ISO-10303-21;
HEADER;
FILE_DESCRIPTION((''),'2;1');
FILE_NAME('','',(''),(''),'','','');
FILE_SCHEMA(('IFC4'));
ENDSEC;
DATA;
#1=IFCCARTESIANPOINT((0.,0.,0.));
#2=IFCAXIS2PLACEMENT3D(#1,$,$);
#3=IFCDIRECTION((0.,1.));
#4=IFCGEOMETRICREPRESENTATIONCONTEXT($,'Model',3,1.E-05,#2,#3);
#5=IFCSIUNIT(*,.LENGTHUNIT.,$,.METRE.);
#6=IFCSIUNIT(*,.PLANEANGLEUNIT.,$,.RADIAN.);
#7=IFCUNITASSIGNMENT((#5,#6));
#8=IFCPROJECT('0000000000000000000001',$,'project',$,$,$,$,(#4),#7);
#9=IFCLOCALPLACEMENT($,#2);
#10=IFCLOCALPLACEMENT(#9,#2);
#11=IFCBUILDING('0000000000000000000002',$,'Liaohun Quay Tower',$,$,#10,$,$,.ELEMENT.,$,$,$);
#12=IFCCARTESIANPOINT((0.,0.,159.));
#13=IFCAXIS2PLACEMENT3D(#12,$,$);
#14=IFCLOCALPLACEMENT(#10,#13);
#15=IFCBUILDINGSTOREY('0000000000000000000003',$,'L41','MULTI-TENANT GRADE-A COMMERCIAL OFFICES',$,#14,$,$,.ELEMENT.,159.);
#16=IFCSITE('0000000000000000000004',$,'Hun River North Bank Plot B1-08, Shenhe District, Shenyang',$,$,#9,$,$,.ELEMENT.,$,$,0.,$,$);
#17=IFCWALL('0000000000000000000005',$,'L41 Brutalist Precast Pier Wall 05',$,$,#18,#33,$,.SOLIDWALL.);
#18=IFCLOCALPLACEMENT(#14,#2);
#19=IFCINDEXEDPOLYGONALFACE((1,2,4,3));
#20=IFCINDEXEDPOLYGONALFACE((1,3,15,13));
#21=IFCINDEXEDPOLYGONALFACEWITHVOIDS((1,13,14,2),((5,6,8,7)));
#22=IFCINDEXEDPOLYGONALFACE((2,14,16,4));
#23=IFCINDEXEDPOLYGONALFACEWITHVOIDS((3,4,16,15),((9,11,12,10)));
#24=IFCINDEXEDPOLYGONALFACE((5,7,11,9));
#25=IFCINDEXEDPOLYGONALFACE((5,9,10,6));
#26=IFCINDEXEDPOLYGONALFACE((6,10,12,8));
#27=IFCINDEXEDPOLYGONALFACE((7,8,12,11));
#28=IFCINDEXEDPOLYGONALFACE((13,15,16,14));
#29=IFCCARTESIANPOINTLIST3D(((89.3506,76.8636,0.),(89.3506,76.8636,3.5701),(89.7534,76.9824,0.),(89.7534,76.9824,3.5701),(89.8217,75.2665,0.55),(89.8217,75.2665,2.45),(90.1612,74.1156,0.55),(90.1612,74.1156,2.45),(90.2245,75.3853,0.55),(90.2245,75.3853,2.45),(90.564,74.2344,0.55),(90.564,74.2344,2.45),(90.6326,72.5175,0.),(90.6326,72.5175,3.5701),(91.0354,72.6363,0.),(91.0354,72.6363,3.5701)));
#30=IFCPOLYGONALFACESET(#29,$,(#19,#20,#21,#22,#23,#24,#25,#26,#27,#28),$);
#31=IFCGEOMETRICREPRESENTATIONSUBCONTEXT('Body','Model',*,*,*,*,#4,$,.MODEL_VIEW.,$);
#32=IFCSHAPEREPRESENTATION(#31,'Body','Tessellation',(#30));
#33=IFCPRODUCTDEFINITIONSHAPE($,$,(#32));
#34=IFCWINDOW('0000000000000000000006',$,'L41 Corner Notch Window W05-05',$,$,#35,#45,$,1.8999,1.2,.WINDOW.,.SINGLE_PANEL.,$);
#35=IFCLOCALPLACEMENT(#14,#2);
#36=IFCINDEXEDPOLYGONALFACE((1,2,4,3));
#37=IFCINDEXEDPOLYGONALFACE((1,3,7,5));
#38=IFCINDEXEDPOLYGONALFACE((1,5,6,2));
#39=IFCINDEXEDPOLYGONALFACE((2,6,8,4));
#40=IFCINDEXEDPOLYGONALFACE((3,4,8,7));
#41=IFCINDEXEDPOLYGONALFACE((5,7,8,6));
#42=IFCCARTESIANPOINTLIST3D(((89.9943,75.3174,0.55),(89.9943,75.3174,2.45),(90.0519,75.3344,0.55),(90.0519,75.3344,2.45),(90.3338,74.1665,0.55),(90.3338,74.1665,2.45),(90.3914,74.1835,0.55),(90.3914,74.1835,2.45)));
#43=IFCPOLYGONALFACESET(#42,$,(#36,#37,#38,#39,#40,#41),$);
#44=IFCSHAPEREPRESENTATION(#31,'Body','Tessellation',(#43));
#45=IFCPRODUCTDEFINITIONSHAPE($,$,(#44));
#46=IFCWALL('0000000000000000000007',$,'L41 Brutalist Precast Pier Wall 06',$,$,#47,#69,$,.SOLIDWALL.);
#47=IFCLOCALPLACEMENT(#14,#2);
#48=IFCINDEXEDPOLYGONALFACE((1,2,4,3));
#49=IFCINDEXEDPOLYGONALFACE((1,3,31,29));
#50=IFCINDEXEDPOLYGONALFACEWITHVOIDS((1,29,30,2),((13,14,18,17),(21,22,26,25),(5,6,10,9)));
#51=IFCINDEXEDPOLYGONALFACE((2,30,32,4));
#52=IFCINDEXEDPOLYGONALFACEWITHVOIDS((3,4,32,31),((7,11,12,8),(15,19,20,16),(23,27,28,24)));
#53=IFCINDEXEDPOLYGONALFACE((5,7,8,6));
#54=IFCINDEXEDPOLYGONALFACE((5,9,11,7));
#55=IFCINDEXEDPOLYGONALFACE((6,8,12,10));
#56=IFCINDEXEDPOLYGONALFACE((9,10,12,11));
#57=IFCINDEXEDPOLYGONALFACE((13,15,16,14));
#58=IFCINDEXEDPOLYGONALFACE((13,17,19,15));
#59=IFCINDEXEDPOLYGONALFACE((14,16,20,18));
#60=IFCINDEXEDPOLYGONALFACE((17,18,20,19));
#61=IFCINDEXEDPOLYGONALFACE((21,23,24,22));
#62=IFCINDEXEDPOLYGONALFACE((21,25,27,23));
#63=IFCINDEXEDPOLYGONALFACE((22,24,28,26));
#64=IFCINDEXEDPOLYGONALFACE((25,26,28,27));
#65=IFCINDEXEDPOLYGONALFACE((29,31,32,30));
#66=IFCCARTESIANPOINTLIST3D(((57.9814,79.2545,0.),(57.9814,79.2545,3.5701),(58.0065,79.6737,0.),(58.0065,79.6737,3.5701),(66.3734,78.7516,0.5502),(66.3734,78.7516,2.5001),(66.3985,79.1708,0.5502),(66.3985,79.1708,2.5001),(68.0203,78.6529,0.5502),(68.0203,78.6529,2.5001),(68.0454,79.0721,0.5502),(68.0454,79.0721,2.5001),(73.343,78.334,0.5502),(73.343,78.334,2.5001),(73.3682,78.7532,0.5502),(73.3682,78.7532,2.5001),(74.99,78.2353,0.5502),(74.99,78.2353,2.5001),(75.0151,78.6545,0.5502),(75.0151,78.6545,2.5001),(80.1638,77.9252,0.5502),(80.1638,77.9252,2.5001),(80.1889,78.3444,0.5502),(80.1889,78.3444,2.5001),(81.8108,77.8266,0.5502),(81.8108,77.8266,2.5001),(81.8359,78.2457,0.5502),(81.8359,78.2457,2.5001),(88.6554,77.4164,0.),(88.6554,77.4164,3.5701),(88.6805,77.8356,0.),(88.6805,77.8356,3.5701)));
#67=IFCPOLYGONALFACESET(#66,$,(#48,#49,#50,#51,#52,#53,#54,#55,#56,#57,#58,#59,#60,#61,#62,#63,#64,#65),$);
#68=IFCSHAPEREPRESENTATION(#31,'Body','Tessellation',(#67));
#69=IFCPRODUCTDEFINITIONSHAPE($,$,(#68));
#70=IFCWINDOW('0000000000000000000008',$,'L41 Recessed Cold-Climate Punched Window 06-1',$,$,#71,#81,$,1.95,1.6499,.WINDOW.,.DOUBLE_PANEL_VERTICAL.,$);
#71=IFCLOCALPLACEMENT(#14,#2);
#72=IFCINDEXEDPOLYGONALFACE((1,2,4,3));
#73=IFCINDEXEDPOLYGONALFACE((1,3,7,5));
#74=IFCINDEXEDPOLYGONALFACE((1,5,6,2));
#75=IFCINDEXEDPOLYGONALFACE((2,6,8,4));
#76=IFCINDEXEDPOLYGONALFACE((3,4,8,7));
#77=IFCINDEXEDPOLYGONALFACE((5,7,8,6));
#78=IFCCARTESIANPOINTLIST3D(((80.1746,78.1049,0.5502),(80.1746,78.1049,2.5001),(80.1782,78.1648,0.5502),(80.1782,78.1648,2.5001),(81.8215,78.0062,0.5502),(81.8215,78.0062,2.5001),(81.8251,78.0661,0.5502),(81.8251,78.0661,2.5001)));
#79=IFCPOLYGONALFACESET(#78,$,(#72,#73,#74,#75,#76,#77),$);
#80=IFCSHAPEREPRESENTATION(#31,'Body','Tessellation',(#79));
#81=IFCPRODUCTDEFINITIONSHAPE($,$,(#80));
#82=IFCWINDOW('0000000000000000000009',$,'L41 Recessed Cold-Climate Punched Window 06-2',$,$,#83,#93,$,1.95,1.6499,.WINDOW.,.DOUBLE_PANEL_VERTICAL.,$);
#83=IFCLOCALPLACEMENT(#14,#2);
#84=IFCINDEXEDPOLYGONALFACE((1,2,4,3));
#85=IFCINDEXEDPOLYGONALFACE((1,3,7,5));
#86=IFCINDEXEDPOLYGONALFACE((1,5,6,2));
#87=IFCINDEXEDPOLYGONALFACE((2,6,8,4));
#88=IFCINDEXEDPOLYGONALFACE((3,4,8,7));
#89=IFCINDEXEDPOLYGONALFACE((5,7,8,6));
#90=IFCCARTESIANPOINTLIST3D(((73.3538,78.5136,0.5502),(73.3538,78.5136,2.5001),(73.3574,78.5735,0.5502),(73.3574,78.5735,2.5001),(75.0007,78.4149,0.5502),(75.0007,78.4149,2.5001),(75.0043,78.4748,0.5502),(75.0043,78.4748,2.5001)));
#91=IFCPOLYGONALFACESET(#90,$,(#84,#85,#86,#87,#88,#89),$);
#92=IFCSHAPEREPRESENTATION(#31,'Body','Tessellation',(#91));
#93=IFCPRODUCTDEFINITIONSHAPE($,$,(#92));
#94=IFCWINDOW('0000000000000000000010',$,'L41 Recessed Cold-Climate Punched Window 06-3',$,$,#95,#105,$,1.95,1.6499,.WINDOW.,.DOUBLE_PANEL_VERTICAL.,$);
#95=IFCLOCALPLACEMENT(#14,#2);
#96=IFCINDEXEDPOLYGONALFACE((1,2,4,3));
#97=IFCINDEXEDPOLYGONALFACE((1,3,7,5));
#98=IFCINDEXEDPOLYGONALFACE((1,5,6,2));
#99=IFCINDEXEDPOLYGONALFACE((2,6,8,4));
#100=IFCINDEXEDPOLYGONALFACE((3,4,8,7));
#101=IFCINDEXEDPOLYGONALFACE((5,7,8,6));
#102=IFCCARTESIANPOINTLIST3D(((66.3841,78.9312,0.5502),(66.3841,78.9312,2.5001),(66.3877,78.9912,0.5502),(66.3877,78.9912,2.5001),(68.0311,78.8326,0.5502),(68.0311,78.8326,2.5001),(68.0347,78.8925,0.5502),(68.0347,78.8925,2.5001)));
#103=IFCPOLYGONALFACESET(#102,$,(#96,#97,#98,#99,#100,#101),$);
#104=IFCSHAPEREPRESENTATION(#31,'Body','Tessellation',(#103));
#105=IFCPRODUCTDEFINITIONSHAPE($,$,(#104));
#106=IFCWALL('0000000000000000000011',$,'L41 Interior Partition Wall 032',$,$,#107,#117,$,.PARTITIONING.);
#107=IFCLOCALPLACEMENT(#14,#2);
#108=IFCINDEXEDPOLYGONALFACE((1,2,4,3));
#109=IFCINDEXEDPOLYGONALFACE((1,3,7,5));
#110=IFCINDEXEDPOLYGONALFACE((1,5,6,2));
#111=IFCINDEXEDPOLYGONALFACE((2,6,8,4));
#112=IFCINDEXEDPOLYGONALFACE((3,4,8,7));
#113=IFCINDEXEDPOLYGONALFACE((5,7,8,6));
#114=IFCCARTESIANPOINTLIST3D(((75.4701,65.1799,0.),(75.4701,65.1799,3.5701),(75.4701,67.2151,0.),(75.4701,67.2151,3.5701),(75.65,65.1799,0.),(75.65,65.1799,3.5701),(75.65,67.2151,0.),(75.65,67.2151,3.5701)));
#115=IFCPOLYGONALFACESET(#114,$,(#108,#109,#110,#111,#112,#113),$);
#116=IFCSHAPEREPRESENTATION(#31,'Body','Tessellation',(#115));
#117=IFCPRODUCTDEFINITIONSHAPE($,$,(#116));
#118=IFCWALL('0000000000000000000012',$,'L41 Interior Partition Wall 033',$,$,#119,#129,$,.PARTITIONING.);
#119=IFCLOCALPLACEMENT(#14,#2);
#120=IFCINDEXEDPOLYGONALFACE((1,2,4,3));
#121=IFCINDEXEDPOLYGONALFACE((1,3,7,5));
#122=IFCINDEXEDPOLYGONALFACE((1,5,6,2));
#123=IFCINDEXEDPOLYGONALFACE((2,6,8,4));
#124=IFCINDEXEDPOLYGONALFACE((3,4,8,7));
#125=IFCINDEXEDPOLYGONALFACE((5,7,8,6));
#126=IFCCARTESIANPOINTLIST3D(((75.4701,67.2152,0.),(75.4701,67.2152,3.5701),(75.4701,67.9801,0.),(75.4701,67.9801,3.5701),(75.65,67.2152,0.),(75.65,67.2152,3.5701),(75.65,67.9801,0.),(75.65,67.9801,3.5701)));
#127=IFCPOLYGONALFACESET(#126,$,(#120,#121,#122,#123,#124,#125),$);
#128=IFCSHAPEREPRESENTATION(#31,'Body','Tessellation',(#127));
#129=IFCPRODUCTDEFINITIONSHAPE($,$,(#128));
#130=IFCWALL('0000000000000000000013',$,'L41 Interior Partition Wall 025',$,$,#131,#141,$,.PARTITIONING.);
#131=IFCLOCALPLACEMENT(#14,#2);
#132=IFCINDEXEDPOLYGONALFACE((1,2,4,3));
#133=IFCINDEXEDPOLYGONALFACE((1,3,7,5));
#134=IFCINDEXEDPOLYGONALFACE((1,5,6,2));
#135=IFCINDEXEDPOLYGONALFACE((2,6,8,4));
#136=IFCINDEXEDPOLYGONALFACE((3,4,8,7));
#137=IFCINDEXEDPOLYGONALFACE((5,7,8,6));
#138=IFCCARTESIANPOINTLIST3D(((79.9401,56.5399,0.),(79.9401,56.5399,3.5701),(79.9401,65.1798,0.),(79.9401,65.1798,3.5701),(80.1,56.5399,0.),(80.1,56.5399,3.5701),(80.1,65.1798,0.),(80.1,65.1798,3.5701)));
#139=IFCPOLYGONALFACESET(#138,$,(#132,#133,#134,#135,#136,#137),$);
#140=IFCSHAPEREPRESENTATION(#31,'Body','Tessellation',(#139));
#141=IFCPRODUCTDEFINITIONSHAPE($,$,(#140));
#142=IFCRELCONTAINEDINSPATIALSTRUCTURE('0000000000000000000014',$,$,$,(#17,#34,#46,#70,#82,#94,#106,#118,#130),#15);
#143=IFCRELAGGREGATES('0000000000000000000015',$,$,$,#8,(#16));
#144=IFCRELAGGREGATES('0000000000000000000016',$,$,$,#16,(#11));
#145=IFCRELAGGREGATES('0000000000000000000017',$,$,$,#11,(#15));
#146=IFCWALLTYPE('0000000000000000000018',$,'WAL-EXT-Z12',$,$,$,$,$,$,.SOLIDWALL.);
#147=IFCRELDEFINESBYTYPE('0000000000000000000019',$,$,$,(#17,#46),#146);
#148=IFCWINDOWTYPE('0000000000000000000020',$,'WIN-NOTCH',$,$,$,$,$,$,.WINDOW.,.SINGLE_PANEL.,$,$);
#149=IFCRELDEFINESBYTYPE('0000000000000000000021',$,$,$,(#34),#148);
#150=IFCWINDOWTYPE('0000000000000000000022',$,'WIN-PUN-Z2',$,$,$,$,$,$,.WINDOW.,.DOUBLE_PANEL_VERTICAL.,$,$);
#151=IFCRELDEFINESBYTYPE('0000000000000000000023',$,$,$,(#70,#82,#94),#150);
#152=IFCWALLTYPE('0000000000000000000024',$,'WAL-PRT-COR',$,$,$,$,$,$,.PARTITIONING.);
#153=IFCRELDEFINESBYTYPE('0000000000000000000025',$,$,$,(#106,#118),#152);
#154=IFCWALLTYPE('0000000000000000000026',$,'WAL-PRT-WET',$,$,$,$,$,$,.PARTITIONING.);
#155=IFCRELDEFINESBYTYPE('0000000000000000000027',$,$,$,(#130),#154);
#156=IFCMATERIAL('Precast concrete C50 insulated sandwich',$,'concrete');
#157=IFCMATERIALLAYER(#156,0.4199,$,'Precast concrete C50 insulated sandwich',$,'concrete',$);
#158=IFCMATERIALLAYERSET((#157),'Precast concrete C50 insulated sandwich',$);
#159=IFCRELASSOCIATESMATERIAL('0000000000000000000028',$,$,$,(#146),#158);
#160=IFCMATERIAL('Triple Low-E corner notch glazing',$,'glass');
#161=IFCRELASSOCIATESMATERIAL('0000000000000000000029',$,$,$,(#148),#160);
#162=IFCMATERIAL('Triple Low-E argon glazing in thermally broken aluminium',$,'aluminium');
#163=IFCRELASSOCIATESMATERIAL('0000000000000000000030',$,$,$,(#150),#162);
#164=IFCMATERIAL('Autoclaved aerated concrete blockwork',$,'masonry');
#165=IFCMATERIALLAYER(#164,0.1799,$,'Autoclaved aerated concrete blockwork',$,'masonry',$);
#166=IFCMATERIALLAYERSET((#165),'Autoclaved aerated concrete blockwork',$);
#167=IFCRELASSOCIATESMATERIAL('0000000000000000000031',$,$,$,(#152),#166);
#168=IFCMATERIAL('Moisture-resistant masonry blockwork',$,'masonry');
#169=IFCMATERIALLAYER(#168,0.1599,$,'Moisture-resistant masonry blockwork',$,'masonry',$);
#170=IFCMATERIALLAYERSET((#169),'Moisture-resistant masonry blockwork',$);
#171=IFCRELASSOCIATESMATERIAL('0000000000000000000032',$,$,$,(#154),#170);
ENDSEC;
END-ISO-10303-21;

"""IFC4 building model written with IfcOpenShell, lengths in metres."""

from ifc_helpers import new_model, si_unit, direction, frame, frame_2d, origin, place, context, subcontext, project, spatial, rectangle, extrude, source, transform, mapped, material, layer, layer_set, type_object, element, fill, save


model = new_model("IFC4")

# Units and contexts
model_context = context("Model", 3, precision=1e-05, world=origin(), true_north=direction((0.0, 1.0)))
body_context = subcontext(model_context, "Body", "Model", "MODEL_VIEW")
ifc_project = project(units=[si_unit("LENGTHUNIT", "METRE"), si_unit("PLANEANGLEUNIT", "RADIAN")], contexts=[model_context])

# Site, building, storey
site_placement = place(None, origin())
site = spatial("IfcSite", under=ifc_project, at=site_placement, Name="Hun River North Bank Plot B1-08, Shenhe District, Shenyang", CompositionType="ELEMENT", RefElevation=0.0)
building_placement = place(site_placement, origin())
building = spatial("IfcBuilding", under=site, at=building_placement, Name="Liaohun Quay Tower", CompositionType="ELEMENT")
storey_placement = place(building_placement, frame((0.0, 0.0, 159.0)))
storey = spatial("IfcBuildingStorey", under=building, at=storey_placement, Name="L41", Description="MULTI-TENANT GRADE-A COMMERCIAL OFFICES", CompositionType="ELEMENT", Elevation=159.0)

# Wall, opening, window
ifc_material_1 = material(Name="Precast concrete C50 insulated sandwich", Category="concrete")
ifc_layer_1 = layer(ifc_material_1, 0.4199, Name="Precast concrete C50 insulated sandwich", Category="concrete")
ifc_layer_set_1 = layer_set([ifc_layer_1], Name="Precast concrete C50 insulated sandwich")
wall_type_1 = type_object("IfcWallType", Name="WAL-EXT-Z12", PredefinedType="SOLIDWALL", material=ifc_layer_set_1)
shared_shape_1 = source(origin(), body_context, "Body", "SweptSolid", [
    extrude(rectangle(XDim=1.2, YDim=1.8999, at=frame_2d((0.6001, 0.95))), frame((0.0, 0.22, 0.0), z_axis=(0.0, -1.0, 0.0), x_axis=(1.0, 0.0, 0.0)), (0.0, 0.0, 1.0), 0.4399),
])
ifc_material_2 = material(Name="Triple Low-E corner notch glazing", Category="glass")
window_type_1 = type_object("IfcWindowType", Name="WIN-NOTCH", PartitioningType="SINGLE_PANEL", PredefinedType="WINDOW", material=ifc_material_2)
shared_shape_2 = source(origin(), body_context, "Body", "SweptSolid", [
    extrude(rectangle(XDim=1.2, YDim=1.8999, at=frame_2d((0.6001, 0.95))), frame((0.0, 0.03, 0.0), z_axis=(0.0, -1.0, 0.0), x_axis=(1.0, 0.0, 0.0)), (0.0, 0.0, 1.0), 0.0601),
])
wall_1_placement = place(storey_placement, frame((90.834, 72.5769, 0.0), z_axis=(0.0, 0.0, 1.0), x_axis=(-0.282916, 0.959145, 0.0)))
wall_1 = element("IfcWall", 1, at=wall_1_placement, inside=storey, type_object=wall_type_1, Name="L41 Brutalist Precast Pier Wall 05", PredefinedType="SOLIDWALL", context=body_context, shape_type="SweptSolid", body=[
    extrude(rectangle(XDim=4.5312, YDim=0.4199, at=frame_2d((2.2656, 0.0))), origin(), (0.0, 0.0, 1.0), 3.5701),
])
opening_1_placement = place(wall_1_placement, frame((1.666, 0.0, 0.55)))
opening_1 = element("IfcOpeningElement", 2, at=opening_1_placement, cuts=wall_1, PredefinedType="OPENING", context=body_context, shape_type="MappedRepresentation", body=[
    mapped(shared_shape_1, transform((0.0, 0.0, 0.0), x_axis=(1.0, 0.0, 0.0), y_axis=(0.0, 1.0, 0.0), z_axis=(0.0, 0.0, 1.0), scale=1.0)),
])
window_1_placement = place(opening_1_placement, origin())
window_1 = element("IfcWindow", 3, at=window_1_placement, inside=storey, type_object=window_type_1, Name="L41 Corner Notch Window W05-05", OverallHeight=1.8999, OverallWidth=1.2, PartitioningType="SINGLE_PANEL", PredefinedType="WINDOW", context=body_context, shape_type="MappedRepresentation", body=[
    mapped(shared_shape_2, transform((0.0, 0.0, 0.0), x_axis=(1.0, 0.0, 0.0), y_axis=(0.0, 1.0, 0.0), z_axis=(0.0, 0.0, 1.0), scale=1.0)),
])
fill(opening_1, window_1)

# Wall, openings, windows
wall_2_placement = place(storey_placement, frame((88.668, 77.626, 0.0), z_axis=(0.0, 0.0, 1.0), x_axis=(-0.998209, 0.059817, 0.0)))
wall_2 = element("IfcWall", 4, at=wall_2_placement, inside=storey, type_object=wall_type_1, Name="L41 Brutalist Precast Pier Wall 06", PredefinedType="SOLIDWALL", context=body_context, shape_type="SweptSolid", body=[
    extrude(rectangle(XDim=30.729, YDim=0.4199, at=frame_2d((15.3645, 0.0))), origin(), (0.0, 0.0, 1.0), 3.5701),
])
shared_shape_3 = source(origin(), body_context, "Body", "SweptSolid", [
    extrude(rectangle(XDim=1.6499, YDim=1.95, at=frame_2d((0.825, 0.9751))), frame((0.0, 0.22, 0.0), z_axis=(0.0, -1.0, 0.0), x_axis=(1.0, 0.0, 0.0)), (0.0, 0.0, 1.0), 0.4399),
])
opening_2_placement = place(wall_2_placement, frame((6.8569, 0.0, 0.55)))
opening_2 = element("IfcOpeningElement", 5, at=opening_2_placement, cuts=wall_2, PredefinedType="OPENING", context=body_context, shape_type="MappedRepresentation", body=[
    mapped(shared_shape_3, transform((0.0, 0.0, 0.0), x_axis=(1.0, 0.0, 0.0), y_axis=(0.0, 1.0, 0.0), z_axis=(0.0, 0.0, 1.0), scale=1.0)),
])
opening_3_placement = place(wall_2_placement, frame((13.6899, 0.0, 0.55)))
opening_3 = element("IfcOpeningElement", 6, at=opening_3_placement, cuts=wall_2, PredefinedType="OPENING", context=body_context, shape_type="MappedRepresentation", body=[
    mapped(shared_shape_3, transform((0.0, 0.0, 0.0), x_axis=(1.0, 0.0, 0.0), y_axis=(0.0, 1.0, 0.0), z_axis=(0.0, 0.0, 1.0), scale=1.0)),
])
opening_4_placement = place(wall_2_placement, frame((20.6721, 0.0, 0.55)))
opening_4 = element("IfcOpeningElement", 7, at=opening_4_placement, cuts=wall_2, PredefinedType="OPENING", context=body_context, shape_type="MappedRepresentation", body=[
    mapped(shared_shape_3, transform((0.0, 0.0, 0.0), x_axis=(1.0, 0.0, 0.0), y_axis=(0.0, 1.0, 0.0), z_axis=(0.0, 0.0, 1.0), scale=1.0)),
])
ifc_material_3 = material(Name="Triple Low-E argon glazing in thermally broken aluminium", Category="aluminium")
window_type_2 = type_object("IfcWindowType", Name="WIN-PUN-Z2", PartitioningType="DOUBLE_PANEL_VERTICAL", PredefinedType="WINDOW", material=ifc_material_3)
shared_shape_4 = source(origin(), body_context, "Body", "SweptSolid", [
    extrude(rectangle(XDim=1.6499, YDim=1.95, at=frame_2d((0.825, 0.9751))), frame((0.0, 0.03, 0.0), z_axis=(0.0, -1.0, 0.0), x_axis=(1.0, 0.0, 0.0)), (0.0, 0.0, 1.0), 0.0601),
])
window_2_placement = place(opening_2_placement, origin())
window_2 = element("IfcWindow", 8, at=window_2_placement, inside=storey, type_object=window_type_2, Name="L41 Recessed Cold-Climate Punched Window 06-1", OverallHeight=1.95, OverallWidth=1.6499, PartitioningType="DOUBLE_PANEL_VERTICAL", PredefinedType="WINDOW", context=body_context, shape_type="MappedRepresentation", body=[
    mapped(shared_shape_4, transform((0.0, 0.0, 0.0), x_axis=(1.0, 0.0, 0.0), y_axis=(0.0, 1.0, 0.0), z_axis=(0.0, 0.0, 1.0), scale=1.0)),
])
fill(opening_2, window_2)
window_3_placement = place(opening_3_placement, origin())
window_3 = element("IfcWindow", 9, at=window_3_placement, inside=storey, type_object=window_type_2, Name="L41 Recessed Cold-Climate Punched Window 06-2", OverallHeight=1.95, OverallWidth=1.6499, PartitioningType="DOUBLE_PANEL_VERTICAL", PredefinedType="WINDOW", context=body_context, shape_type="MappedRepresentation", body=[
    mapped(shared_shape_4, transform((0.0, 0.0, 0.0), x_axis=(1.0, 0.0, 0.0), y_axis=(0.0, 1.0, 0.0), z_axis=(0.0, 0.0, 1.0), scale=1.0)),
])
fill(opening_3, window_3)
window_4_placement = place(opening_4_placement, origin())
window_4 = element("IfcWindow", 10, at=window_4_placement, inside=storey, type_object=window_type_2, Name="L41 Recessed Cold-Climate Punched Window 06-3", OverallHeight=1.95, OverallWidth=1.6499, PartitioningType="DOUBLE_PANEL_VERTICAL", PredefinedType="WINDOW", context=body_context, shape_type="MappedRepresentation", body=[
    mapped(shared_shape_4, transform((0.0, 0.0, 0.0), x_axis=(1.0, 0.0, 0.0), y_axis=(0.0, 1.0, 0.0), z_axis=(0.0, 0.0, 1.0), scale=1.0)),
])
fill(opening_4, window_4)

# Walls
ifc_material_4 = material(Name="Autoclaved aerated concrete blockwork", Category="masonry")
ifc_layer_2 = layer(ifc_material_4, 0.1799, Name="Autoclaved aerated concrete blockwork", Category="masonry")
ifc_layer_set_2 = layer_set([ifc_layer_2], Name="Autoclaved aerated concrete blockwork")
wall_type_2 = type_object("IfcWallType", Name="WAL-PRT-COR", PredefinedType="PARTITIONING", material=ifc_layer_set_2)
wall_3_placement = place(storey_placement, frame((75.5601, 67.2151, 0.0), z_axis=(0.0, 0.0, 1.0), x_axis=(0.0, -1.0, 0.0)))
element("IfcWall", 11, at=wall_3_placement, inside=storey, type_object=wall_type_2, Name="L41 Interior Partition Wall 032", PredefinedType="PARTITIONING", context=body_context, shape_type="SweptSolid", body=[
    extrude(rectangle(XDim=2.0352, YDim=0.1799, at=frame_2d((1.0176, 0.0))), origin(), (0.0, 0.0, 1.0), 3.5701),
])
wall_4_placement = place(storey_placement, frame((75.5601, 67.98, 0.0), z_axis=(0.0, 0.0, 1.0), x_axis=(0.0, -1.0, 0.0)))
element("IfcWall", 12, at=wall_4_placement, inside=storey, type_object=wall_type_2, Name="L41 Interior Partition Wall 033", PredefinedType="PARTITIONING", context=body_context, shape_type="SweptSolid", body=[
    extrude(rectangle(XDim=0.7649, YDim=0.1799, at=frame_2d((0.3823, 0.0))), origin(), (0.0, 0.0, 1.0), 3.5701),
])
ifc_material_5 = material(Name="Moisture-resistant masonry blockwork", Category="masonry")
ifc_layer_3 = layer(ifc_material_5, 0.1599, Name="Moisture-resistant masonry blockwork", Category="masonry")
ifc_layer_set_3 = layer_set([ifc_layer_3], Name="Moisture-resistant masonry blockwork")
wall_type_3 = type_object("IfcWallType", Name="WAL-PRT-WET", PredefinedType="PARTITIONING", material=ifc_layer_set_3)
wall_5_placement = place(storey_placement, frame((80.02, 56.54, 0.0), z_axis=(0.0, 0.0, 1.0), x_axis=(0.0, 1.0, 0.0)))
element("IfcWall", 13, at=wall_5_placement, inside=storey, type_object=wall_type_3, Name="L41 Interior Partition Wall 025", PredefinedType="PARTITIONING", context=body_context, shape_type="SweptSolid", body=[
    extrude(rectangle(XDim=8.6399, YDim=0.1599, at=frame_2d((4.3198, 0.0))), origin(), (0.0, 0.0, 1.0), 3.5701),
])

save(model, "model.ifc")
